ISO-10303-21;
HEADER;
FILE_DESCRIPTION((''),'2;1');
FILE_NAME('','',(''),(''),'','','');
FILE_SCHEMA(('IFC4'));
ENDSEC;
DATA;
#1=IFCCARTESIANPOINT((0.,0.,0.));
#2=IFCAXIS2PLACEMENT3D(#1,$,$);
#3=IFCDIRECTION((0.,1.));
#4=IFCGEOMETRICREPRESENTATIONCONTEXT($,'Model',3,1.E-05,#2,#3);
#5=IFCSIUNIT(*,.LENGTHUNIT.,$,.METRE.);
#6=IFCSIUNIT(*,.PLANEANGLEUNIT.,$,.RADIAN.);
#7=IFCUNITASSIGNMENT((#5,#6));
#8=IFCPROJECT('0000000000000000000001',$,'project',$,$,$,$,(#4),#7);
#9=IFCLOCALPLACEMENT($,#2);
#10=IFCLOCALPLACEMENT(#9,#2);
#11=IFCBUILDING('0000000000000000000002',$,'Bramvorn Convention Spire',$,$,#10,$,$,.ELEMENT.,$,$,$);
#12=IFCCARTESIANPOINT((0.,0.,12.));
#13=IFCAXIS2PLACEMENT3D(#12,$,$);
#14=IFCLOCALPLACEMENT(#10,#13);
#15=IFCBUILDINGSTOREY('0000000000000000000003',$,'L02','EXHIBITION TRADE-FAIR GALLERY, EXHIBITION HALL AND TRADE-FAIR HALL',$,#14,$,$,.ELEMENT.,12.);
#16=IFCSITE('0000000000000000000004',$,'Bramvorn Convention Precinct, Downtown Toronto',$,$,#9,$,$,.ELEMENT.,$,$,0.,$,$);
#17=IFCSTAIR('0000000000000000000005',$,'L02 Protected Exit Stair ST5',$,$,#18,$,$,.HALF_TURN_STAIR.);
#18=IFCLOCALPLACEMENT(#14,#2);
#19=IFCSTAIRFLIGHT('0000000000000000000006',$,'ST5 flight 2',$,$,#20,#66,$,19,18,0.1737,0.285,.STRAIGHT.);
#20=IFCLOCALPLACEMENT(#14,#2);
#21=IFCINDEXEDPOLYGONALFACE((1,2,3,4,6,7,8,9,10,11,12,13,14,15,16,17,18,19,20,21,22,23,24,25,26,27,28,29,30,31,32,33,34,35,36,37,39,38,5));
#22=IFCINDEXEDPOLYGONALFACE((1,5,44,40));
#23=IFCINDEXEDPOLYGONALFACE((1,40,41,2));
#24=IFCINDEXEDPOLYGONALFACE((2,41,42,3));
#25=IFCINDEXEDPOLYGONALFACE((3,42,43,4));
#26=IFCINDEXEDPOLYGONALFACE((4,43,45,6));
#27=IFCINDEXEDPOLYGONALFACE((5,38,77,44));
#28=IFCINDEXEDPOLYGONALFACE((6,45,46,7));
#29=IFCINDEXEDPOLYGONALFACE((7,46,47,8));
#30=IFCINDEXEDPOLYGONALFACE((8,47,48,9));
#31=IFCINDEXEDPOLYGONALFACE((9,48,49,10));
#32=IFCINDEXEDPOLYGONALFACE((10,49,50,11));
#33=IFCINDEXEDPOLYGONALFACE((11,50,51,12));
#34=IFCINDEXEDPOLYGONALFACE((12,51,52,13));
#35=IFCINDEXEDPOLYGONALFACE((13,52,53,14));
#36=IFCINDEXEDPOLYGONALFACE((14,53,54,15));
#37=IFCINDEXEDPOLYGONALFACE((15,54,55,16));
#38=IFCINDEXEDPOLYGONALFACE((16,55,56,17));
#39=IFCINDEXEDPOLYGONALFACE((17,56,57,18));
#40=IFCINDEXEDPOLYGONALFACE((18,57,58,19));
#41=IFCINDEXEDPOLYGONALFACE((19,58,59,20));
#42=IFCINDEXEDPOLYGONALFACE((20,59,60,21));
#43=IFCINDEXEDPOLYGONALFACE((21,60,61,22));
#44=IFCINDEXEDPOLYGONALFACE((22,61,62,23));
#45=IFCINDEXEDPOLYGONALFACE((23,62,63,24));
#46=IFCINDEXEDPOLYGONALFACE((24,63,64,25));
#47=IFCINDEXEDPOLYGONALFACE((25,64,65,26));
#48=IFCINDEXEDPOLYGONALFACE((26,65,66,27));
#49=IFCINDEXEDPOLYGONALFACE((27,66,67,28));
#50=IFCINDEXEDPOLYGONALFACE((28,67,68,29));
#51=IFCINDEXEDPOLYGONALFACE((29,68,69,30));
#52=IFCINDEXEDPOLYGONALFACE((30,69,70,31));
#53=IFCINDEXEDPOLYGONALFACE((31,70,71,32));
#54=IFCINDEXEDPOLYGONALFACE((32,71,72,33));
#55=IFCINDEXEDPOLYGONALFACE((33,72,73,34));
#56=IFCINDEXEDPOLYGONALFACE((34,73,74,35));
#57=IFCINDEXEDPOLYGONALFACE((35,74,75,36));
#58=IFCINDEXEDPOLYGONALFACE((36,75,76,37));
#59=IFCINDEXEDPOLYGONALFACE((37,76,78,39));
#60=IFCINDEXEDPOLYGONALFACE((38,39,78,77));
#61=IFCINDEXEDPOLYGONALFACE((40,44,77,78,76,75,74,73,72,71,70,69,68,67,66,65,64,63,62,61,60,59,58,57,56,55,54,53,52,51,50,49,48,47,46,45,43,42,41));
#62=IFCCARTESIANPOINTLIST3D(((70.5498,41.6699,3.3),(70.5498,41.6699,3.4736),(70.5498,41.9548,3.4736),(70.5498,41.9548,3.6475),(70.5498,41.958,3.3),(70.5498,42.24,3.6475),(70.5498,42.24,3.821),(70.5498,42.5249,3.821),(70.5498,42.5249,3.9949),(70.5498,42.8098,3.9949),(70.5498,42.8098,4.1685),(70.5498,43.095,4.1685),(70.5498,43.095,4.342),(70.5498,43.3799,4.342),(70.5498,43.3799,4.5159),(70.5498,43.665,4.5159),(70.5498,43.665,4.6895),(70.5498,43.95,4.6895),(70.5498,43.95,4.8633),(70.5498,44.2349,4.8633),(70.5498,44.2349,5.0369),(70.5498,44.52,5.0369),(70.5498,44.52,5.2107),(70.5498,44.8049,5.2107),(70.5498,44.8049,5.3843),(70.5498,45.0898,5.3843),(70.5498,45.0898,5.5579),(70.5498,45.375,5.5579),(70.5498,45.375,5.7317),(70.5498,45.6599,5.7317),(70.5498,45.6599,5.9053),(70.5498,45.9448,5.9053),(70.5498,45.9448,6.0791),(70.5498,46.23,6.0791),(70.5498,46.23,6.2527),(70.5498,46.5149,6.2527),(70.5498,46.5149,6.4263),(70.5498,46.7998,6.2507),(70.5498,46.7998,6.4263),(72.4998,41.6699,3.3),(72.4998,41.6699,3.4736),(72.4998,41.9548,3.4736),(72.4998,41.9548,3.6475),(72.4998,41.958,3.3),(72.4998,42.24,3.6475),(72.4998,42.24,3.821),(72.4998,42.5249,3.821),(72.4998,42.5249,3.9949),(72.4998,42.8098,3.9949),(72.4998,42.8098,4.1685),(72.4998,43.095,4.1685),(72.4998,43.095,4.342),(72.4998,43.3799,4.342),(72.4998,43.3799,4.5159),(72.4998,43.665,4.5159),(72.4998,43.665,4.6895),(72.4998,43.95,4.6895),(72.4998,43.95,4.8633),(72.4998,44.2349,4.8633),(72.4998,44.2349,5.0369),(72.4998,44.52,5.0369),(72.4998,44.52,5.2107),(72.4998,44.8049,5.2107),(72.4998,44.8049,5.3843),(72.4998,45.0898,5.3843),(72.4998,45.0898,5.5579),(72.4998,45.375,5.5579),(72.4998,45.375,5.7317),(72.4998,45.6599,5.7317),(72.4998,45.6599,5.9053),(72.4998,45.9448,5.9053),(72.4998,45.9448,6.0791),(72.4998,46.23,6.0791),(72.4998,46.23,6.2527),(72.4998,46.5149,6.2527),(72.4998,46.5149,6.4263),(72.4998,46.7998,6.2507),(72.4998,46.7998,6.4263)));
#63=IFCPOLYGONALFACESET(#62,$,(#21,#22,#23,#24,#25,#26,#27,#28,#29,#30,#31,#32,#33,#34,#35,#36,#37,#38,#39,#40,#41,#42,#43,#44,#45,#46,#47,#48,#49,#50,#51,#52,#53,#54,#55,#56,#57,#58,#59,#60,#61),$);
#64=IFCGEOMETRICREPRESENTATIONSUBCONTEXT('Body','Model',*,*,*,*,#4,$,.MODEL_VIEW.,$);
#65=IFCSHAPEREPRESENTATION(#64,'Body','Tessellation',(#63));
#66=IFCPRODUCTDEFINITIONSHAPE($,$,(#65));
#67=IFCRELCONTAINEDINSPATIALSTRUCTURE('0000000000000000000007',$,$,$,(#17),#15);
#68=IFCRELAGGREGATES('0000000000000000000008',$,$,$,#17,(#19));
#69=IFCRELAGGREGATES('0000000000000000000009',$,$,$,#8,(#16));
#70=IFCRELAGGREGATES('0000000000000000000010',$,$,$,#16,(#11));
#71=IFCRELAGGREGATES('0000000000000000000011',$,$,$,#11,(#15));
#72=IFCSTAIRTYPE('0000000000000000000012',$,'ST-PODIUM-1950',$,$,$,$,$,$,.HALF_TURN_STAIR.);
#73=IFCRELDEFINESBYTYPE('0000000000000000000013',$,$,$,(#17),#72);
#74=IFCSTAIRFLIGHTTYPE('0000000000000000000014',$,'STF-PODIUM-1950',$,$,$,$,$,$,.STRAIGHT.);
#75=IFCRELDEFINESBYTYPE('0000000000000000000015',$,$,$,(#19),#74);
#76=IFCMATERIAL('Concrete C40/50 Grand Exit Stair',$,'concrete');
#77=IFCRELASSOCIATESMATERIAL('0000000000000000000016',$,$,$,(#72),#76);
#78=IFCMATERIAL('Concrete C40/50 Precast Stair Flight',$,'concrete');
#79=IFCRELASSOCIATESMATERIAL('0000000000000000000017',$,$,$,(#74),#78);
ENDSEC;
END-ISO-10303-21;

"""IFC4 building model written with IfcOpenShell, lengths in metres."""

from ifc_helpers import new_model, si_unit, direction, frame, origin, place, context, subcontext, project, spatial, polyline, outline, extrude, material, type_object, element, aggregate, save


model = new_model("IFC4")

# Units and contexts
model_context = context("Model", 3, precision=1e-05, world=origin(), true_north=direction((0.0, 1.0)))
body_context = subcontext(model_context, "Body", "Model", "MODEL_VIEW")
ifc_project = project(units=[si_unit("LENGTHUNIT", "METRE"), si_unit("PLANEANGLEUNIT", "RADIAN")], contexts=[model_context])

# Site, building, storey
site_placement = place(None, origin())
site = spatial("IfcSite", under=ifc_project, at=site_placement, Name="Bramvorn Convention Precinct, Downtown Toronto", CompositionType="ELEMENT", RefElevation=0.0)
building_placement = place(site_placement, origin())
building = spatial("IfcBuilding", under=site, at=building_placement, Name="Bramvorn Convention Spire", CompositionType="ELEMENT")
storey_placement = place(building_placement, frame((0.0, 0.0, 12.0)))
storey = spatial("IfcBuildingStorey", under=building, at=storey_placement, Name="L02", Description="EXHIBITION TRADE-FAIR GALLERY, EXHIBITION HALL AND TRADE-FAIR HALL", CompositionType="ELEMENT", Elevation=12.0)

# Stair, stair flight
ifc_material_1 = material(Name="Concrete C40/50 Grand Exit Stair", Category="concrete")
stair_type = type_object("IfcStairType", Name="ST-PODIUM-1950", PredefinedType="HALF_TURN_STAIR", material=ifc_material_1)
stair_placement = place(storey_placement, origin())
stair = element("IfcStair", 1, at=stair_placement, inside=storey, type_object=stair_type, Name="L02 Protected Exit Stair ST5", PredefinedType="HALF_TURN_STAIR")
ifc_material_2 = material(Name="Concrete C40/50 Precast Stair Flight", Category="concrete")
stair_flight_type = type_object("IfcStairFlightType", Name="STF-PODIUM-1950", PredefinedType="STRAIGHT", material=ifc_material_2)
stair_flight_1_placement = place(storey_placement, frame((71.5249, 41.6699, 3.3), z_axis=(0.0, 0.0, 1.0), x_axis=(0.0, 1.0, 0.0)))
stair_flight_1 = element("IfcStairFlight", 2, at=stair_flight_1_placement, type_object=stair_flight_type, Name="ST5 flight 2", NumberOfRisers=19, NumberOfTreads=18, PredefinedType="STRAIGHT", RiserHeight=0.1737, TreadLength=0.285, context=body_context, shape_type="SweptSolid", body=[
    extrude(outline(polyline([(0.0, 0.0), (0.0, 0.1736), (0.2849, 0.1736), (0.2849, 0.3474), (0.5701, 0.3474), (0.5701, 0.521), (0.855, 0.521), (0.855, 0.6948), (1.1399, 0.6948), (1.1399, 0.8684), (1.425, 0.8684), (1.425, 1.042), (1.71, 1.042), (1.71, 1.2158), (1.9951, 1.2158), (1.9951, 1.3894), (2.28, 1.3894), (2.28, 1.5632), (2.5649, 1.5632), (2.5649, 1.7368), (2.8501, 1.7368), (2.8501, 1.9106), (3.135, 1.9106), (3.135, 2.0842), (3.4199, 2.0842), (3.4199, 2.2578), (3.7051, 2.2578), (3.7051, 2.4316), (3.99, 2.4316), (3.99, 2.6052), (4.2749, 2.6052), (4.2749, 2.7791), (4.5601, 2.7791), (4.5601, 2.9526), (4.845, 2.9526), (4.845, 3.1262), (5.1299, 3.1262), (5.1299, 3.3), (5.1299, 2.9507), (0.2881, 0.0), (0.0, 0.0)])), frame((0.0, 0.9751, 0.0), z_axis=(0.0, -1.0, 0.0), x_axis=(1.0, 0.0, 0.0)), (0.0, 0.0, 1.0), 1.95),
])
aggregate(stair, [stair_flight_1])

save(model, "model.ifc")
